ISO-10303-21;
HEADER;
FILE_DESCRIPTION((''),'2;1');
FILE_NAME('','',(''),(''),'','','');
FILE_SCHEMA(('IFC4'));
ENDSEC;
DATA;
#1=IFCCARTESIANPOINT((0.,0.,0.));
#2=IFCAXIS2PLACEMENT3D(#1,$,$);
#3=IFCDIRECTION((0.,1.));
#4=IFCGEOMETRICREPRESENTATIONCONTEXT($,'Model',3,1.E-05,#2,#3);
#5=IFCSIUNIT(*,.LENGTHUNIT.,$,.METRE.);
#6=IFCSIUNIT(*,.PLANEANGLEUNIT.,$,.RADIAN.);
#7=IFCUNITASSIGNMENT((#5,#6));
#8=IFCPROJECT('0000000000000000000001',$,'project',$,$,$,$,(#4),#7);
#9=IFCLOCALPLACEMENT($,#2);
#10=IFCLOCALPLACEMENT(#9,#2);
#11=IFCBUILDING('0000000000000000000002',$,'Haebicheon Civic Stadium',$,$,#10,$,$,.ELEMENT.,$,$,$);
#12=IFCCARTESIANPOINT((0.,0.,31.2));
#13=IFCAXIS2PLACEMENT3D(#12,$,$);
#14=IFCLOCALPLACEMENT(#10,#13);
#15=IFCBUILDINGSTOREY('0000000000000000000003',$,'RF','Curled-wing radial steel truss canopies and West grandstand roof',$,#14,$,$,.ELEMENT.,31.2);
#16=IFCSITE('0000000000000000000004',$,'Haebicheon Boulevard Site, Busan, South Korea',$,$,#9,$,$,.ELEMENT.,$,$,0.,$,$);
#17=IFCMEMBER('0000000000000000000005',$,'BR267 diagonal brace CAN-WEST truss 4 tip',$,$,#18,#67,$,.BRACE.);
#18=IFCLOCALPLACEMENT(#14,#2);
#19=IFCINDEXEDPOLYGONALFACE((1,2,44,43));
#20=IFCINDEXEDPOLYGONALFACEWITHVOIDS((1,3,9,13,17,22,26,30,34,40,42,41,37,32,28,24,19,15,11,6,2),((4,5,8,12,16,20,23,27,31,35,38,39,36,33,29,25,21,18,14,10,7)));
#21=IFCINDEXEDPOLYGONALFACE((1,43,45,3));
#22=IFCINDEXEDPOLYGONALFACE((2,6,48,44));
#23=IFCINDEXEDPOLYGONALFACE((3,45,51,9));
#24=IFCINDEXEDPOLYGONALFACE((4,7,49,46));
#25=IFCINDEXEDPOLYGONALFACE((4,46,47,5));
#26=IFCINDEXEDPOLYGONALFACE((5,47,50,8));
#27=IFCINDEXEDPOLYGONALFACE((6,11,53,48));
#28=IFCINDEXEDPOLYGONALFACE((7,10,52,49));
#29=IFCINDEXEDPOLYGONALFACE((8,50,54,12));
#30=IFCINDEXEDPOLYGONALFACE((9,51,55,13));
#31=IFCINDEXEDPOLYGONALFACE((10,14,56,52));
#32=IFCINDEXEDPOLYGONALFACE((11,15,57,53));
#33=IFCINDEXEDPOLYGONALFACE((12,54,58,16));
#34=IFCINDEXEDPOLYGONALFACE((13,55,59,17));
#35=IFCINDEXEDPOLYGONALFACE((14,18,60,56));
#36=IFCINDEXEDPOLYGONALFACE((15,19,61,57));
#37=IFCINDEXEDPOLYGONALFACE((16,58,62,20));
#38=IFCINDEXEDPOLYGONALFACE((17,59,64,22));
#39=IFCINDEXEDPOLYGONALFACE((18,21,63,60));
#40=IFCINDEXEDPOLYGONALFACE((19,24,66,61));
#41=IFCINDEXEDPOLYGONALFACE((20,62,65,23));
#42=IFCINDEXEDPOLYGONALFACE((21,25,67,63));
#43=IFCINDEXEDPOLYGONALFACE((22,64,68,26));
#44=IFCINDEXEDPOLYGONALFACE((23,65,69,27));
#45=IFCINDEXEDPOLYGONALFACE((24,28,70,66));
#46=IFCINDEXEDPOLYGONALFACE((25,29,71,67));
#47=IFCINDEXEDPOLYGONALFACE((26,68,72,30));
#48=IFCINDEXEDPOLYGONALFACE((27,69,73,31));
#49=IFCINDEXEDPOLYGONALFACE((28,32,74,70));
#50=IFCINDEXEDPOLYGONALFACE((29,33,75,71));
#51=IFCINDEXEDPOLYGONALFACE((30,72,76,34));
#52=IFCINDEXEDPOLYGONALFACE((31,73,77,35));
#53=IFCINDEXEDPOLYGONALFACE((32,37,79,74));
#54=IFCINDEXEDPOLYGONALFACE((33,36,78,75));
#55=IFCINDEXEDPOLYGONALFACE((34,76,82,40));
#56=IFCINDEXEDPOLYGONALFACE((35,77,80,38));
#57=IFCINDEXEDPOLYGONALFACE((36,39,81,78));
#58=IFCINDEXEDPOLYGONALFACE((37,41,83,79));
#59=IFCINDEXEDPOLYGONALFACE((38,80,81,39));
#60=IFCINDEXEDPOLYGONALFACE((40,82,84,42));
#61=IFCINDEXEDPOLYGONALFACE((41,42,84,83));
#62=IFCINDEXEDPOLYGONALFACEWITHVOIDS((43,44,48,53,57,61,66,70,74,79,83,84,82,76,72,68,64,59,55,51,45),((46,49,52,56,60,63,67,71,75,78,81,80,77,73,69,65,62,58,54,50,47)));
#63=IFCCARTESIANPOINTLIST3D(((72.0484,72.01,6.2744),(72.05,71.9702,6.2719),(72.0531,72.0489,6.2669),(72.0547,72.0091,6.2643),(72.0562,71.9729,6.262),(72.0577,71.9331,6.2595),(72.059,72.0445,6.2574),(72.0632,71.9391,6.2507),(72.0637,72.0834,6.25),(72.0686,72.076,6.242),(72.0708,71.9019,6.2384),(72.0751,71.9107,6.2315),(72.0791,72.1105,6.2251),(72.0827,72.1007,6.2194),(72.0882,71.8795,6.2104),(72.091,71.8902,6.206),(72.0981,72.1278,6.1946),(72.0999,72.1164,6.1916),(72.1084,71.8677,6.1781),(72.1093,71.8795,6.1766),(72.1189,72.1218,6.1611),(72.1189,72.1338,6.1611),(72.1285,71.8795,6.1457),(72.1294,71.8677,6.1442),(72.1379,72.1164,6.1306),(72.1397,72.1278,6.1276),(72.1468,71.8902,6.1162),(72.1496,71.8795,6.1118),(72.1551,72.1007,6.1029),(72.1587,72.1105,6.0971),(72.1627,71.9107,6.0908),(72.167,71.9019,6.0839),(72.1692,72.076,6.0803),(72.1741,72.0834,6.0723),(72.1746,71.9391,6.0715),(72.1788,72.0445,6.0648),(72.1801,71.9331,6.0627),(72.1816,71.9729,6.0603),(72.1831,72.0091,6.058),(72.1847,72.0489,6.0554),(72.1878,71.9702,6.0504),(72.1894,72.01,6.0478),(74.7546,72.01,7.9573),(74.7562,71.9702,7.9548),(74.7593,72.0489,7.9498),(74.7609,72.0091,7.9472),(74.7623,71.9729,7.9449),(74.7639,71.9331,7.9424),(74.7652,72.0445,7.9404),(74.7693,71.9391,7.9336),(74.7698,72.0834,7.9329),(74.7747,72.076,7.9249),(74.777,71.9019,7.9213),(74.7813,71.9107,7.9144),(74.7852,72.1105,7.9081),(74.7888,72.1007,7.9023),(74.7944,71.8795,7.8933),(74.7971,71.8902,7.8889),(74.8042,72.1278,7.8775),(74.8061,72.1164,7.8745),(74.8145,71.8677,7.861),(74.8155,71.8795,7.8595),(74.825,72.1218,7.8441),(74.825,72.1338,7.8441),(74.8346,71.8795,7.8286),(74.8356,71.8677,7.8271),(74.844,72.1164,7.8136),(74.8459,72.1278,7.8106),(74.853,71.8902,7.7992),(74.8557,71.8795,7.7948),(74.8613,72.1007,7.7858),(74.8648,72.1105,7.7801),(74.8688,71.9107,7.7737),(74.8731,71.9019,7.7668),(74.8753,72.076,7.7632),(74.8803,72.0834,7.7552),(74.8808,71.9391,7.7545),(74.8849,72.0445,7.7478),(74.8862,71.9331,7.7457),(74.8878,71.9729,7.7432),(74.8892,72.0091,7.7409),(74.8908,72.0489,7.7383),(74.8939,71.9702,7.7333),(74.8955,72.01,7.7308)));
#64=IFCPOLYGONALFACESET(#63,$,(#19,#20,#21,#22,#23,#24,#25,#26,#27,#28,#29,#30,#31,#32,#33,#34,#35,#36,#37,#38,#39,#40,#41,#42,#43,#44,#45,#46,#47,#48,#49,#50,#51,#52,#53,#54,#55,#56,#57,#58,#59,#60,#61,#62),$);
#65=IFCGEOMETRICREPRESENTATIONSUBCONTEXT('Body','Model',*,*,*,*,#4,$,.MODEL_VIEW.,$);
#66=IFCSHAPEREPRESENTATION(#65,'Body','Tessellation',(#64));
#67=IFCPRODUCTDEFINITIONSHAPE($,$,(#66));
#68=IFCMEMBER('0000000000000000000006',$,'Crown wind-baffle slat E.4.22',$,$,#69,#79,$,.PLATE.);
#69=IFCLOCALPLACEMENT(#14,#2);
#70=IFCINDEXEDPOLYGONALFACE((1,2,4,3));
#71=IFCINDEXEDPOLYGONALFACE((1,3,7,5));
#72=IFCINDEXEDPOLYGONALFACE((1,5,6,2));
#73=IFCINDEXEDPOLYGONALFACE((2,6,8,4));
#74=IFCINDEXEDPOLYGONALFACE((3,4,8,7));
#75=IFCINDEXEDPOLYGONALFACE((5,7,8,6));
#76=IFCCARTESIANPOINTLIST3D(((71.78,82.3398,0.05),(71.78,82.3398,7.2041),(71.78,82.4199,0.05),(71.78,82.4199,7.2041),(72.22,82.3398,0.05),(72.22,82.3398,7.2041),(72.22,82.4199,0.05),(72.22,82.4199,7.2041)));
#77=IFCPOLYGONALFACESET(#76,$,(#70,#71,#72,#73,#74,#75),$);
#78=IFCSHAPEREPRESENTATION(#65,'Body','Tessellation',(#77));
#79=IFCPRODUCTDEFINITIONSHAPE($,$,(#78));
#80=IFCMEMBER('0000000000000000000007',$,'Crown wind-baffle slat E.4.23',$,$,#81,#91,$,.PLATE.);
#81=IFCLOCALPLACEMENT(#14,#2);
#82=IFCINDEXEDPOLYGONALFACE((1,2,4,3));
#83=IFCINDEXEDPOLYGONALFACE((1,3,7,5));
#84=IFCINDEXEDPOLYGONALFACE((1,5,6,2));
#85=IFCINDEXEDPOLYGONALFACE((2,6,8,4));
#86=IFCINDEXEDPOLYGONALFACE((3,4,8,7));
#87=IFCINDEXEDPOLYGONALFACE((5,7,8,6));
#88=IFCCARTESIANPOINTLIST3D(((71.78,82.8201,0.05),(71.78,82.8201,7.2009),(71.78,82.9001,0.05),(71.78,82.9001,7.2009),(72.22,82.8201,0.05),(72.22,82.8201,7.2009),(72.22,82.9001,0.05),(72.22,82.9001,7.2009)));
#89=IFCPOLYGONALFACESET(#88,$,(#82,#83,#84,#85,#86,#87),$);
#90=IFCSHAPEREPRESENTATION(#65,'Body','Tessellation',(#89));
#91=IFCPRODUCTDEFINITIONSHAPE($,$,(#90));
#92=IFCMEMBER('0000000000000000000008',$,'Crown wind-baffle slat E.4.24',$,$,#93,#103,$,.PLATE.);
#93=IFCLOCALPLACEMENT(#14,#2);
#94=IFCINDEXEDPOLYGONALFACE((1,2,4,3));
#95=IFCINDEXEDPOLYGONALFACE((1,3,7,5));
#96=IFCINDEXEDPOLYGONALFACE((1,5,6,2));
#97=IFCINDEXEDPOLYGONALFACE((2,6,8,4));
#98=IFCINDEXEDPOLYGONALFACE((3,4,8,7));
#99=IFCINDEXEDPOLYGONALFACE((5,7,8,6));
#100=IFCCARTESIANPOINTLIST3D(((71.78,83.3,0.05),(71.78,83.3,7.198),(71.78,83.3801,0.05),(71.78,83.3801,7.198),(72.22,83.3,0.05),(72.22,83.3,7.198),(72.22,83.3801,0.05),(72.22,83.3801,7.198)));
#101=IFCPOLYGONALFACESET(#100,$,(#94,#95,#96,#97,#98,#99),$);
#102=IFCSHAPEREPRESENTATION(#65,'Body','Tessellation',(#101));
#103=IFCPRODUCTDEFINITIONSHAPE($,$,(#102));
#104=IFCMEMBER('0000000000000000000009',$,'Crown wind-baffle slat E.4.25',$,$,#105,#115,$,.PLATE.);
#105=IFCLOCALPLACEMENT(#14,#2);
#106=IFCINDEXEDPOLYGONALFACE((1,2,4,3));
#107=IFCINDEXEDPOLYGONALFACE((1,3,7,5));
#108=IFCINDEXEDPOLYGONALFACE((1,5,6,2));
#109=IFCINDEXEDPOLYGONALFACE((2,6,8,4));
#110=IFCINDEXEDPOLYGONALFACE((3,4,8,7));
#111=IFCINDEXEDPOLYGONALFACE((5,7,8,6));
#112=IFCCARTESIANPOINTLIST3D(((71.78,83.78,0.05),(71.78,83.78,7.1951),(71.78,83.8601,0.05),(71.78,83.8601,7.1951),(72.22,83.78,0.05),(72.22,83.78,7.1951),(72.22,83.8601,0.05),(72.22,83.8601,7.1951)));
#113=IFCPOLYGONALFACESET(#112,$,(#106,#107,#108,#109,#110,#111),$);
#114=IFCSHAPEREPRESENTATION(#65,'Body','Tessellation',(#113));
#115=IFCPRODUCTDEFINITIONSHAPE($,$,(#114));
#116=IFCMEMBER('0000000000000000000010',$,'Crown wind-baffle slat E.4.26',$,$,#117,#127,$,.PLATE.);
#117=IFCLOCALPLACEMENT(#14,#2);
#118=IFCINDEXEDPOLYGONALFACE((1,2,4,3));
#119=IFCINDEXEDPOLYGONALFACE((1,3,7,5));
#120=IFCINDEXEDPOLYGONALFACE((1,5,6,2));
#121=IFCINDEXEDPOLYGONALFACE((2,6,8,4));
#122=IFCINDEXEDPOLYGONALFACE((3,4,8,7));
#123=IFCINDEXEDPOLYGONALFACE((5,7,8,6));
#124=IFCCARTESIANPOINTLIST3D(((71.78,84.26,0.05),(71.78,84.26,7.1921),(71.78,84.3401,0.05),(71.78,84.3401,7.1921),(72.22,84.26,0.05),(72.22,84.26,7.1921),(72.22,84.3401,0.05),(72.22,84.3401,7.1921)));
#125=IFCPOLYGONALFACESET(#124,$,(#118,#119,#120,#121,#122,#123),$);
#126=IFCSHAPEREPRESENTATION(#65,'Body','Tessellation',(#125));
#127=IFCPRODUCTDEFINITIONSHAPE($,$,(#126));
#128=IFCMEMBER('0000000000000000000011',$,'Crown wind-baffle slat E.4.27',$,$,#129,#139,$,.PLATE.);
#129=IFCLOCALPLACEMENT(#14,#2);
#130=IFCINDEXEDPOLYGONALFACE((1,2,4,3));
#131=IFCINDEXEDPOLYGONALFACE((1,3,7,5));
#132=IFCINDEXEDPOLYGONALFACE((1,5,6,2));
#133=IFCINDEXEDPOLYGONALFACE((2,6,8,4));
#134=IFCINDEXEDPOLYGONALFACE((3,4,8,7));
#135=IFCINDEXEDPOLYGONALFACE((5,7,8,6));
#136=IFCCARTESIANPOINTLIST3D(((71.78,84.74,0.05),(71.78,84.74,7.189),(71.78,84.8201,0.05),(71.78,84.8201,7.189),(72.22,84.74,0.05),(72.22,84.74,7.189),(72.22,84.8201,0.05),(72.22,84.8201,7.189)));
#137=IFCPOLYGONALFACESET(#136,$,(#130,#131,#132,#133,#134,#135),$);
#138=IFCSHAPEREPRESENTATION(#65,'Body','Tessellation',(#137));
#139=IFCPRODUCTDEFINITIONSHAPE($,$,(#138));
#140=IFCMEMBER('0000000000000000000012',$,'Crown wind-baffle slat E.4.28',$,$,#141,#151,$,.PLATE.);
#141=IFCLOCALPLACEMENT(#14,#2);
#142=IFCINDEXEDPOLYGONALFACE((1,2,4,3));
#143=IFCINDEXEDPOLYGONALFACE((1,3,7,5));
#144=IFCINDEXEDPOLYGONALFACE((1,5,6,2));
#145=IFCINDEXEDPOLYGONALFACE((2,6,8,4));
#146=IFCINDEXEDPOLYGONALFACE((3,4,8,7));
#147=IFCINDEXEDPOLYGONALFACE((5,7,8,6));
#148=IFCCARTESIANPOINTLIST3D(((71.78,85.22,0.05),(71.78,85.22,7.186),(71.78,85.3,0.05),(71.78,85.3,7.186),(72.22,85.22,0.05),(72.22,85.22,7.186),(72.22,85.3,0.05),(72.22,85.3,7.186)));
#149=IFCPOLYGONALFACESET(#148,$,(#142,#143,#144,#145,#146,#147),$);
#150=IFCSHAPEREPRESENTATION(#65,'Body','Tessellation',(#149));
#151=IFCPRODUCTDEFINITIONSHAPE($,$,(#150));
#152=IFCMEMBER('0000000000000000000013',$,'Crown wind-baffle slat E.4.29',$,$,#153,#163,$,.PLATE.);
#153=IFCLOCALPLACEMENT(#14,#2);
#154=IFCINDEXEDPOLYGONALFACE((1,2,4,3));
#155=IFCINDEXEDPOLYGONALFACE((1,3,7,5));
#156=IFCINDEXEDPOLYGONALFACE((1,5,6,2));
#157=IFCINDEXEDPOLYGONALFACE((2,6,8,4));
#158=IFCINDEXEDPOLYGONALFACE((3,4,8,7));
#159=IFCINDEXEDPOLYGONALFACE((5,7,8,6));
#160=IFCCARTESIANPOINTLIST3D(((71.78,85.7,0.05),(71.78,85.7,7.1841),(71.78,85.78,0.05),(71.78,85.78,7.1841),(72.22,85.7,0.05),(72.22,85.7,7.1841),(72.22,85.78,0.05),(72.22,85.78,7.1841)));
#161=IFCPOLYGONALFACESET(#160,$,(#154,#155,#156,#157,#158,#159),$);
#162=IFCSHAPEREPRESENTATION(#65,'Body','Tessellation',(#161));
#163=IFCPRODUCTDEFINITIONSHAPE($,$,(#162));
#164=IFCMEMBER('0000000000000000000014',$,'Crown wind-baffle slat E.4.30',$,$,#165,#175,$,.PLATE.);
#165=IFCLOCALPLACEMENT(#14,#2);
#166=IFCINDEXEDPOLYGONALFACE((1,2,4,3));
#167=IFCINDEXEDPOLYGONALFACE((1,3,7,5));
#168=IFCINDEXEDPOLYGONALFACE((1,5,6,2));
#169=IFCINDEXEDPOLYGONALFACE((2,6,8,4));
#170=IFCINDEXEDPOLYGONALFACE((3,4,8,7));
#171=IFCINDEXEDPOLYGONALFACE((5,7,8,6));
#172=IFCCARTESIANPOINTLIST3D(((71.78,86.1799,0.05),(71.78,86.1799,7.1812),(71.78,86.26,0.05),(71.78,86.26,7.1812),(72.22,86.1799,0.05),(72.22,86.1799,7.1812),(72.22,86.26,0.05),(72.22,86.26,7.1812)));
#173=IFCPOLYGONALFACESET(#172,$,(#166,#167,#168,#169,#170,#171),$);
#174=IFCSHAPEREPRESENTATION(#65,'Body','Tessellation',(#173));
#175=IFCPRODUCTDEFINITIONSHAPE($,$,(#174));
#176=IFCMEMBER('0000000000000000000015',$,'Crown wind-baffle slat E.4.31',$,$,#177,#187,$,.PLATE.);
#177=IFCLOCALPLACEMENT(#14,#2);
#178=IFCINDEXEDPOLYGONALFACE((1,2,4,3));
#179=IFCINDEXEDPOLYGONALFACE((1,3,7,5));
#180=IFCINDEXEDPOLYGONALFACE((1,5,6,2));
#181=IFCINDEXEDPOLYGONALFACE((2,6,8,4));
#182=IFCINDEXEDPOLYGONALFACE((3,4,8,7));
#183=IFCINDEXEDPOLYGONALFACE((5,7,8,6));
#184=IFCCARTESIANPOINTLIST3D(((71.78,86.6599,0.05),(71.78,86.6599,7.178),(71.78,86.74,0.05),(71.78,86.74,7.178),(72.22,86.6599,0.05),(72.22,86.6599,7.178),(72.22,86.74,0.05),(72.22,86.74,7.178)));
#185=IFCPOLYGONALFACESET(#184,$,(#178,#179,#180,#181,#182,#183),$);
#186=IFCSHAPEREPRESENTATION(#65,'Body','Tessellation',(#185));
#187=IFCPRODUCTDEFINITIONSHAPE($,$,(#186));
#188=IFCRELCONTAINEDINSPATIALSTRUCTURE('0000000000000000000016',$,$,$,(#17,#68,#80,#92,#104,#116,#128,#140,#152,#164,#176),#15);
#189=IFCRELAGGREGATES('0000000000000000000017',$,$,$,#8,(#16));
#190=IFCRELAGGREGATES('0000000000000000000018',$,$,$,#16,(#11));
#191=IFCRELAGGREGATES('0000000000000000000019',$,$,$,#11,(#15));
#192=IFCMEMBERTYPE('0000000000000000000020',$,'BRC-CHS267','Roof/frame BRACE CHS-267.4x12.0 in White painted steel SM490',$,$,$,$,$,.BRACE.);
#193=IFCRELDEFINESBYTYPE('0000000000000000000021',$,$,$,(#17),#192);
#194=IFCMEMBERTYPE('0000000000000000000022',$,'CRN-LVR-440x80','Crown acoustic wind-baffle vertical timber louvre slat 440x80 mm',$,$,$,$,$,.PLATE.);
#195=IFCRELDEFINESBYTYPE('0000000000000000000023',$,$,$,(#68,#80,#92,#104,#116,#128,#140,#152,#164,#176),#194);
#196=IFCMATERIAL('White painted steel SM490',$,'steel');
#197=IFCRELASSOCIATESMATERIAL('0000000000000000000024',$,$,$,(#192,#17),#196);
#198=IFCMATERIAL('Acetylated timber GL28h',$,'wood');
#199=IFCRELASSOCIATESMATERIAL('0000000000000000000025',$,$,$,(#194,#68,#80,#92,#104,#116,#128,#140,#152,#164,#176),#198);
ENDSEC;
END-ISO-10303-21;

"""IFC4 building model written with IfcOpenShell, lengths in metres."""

from ifc_helpers import new_model, si_unit, direction, frame, origin, origin_2d, place, context, subcontext, project, spatial, rectangle, hollow_circle, extrude, material, material_profile, profile_set, type_object, element, save


model = new_model("IFC4")

# Units and contexts
model_context = context("Model", 3, precision=1e-05, world=origin(), true_north=direction((0.0, 1.0)))
body_context = subcontext(model_context, "Body", "Model", "MODEL_VIEW")
ifc_project = project(units=[si_unit("LENGTHUNIT", "METRE"), si_unit("PLANEANGLEUNIT", "RADIAN")], contexts=[model_context])

# Site, building, storey
site_placement = place(None, origin())
site = spatial("IfcSite", under=ifc_project, at=site_placement, Name="Haebicheon Boulevard Site, Busan, South Korea", CompositionType="ELEMENT", RefElevation=0.0)
building_placement = place(site_placement, origin())
building = spatial("IfcBuilding", under=site, at=building_placement, Name="Haebicheon Civic Stadium", CompositionType="ELEMENT")
storey_placement = place(building_placement, frame((0.0, 0.0, 31.2)))
storey = spatial("IfcBuildingStorey", under=building, at=storey_placement, Name="RF", Description="Curled-wing radial steel truss canopies and West grandstand roof", CompositionType="ELEMENT", Elevation=31.2)

# Members
ifc_material_1 = material(Name="White painted steel SM490", Category="steel")
ifc_material_profile_1 = material_profile(ifc_material_1, hollow_circle(Radius=0.1338, WallThickness=0.012, at=origin_2d()), Name="CHS-267.4x12.0")
ifc_profile_set_1 = profile_set([ifc_material_profile_1], Name="White painted steel SM490")
member_type_1 = type_object("IfcMemberType", Name="BRC-CHS267", Description="Roof/frame BRACE CHS-267.4x12.0 in White painted steel SM490", PredefinedType="BRACE", material=ifc_profile_set_1)
member_1_placement = place(storey_placement, frame((72.1189, 72.0, 6.1611), z_axis=(0.849184, 0.0, 0.528097), x_axis=(0.0, 1.0, 0.0)))
element("IfcMember", 1, at=member_1_placement, inside=storey, type_object=member_type_1, material=ifc_profile_set_1, Name="BR267 diagonal brace CAN-WEST truss 4 tip", PredefinedType="BRACE", context=body_context, shape_type="SweptSolid", body=[
    extrude(hollow_circle(Radius=0.1338, WallThickness=0.012, at=origin_2d()), origin(), (0.0, 0.0, 1.0), 3.1868),
])
ifc_material_2 = material(Name="Acetylated timber GL28h", Category="wood")
ifc_material_profile_2 = material_profile(ifc_material_2, rectangle(XDim=0.0801, YDim=0.4399, at=origin_2d()), Name="TMB-LOUV-80x440")
ifc_profile_set_2 = profile_set([ifc_material_profile_2], Name="Acetylated timber GL28h")
member_type_2 = type_object("IfcMemberType", Name="CRN-LVR-440x80", Description="Crown acoustic wind-baffle vertical timber louvre slat 440x80 mm", PredefinedType="PLATE", material=ifc_profile_set_2)
member_2_placement = place(storey_placement, frame((72.0, 82.3799, 0.05), z_axis=(0.0, 0.0, 1.0), x_axis=(0.0, 1.0, 0.0)))
element("IfcMember", 2, at=member_2_placement, inside=storey, type_object=member_type_2, material=ifc_profile_set_2, Name="Crown wind-baffle slat E.4.22", PredefinedType="PLATE", context=body_context, shape_type="SweptSolid", body=[
    extrude(rectangle(XDim=0.0801, YDim=0.4399, at=origin_2d()), origin(), (0.0, 0.0, 1.0), 7.1541),
])
member_3_placement = place(storey_placement, frame((72.0, 82.8601, 0.05), z_axis=(0.0, 0.0, 1.0), x_axis=(0.0, 1.0, 0.0)))
element("IfcMember", 3, at=member_3_placement, inside=storey, type_object=member_type_2, material=ifc_profile_set_2, Name="Crown wind-baffle slat E.4.23", PredefinedType="PLATE", context=body_context, shape_type="SweptSolid", body=[
    extrude(rectangle(XDim=0.0801, YDim=0.4399, at=origin_2d()), origin(), (0.0, 0.0, 1.0), 7.1509),
])
member_4_placement = place(storey_placement, frame((72.0, 83.3401, 0.05), z_axis=(0.0, 0.0, 1.0), x_axis=(0.0, 1.0, 0.0)))
element("IfcMember", 4, at=member_4_placement, inside=storey, type_object=member_type_2, material=ifc_profile_set_2, Name="Crown wind-baffle slat E.4.24", PredefinedType="PLATE", context=body_context, shape_type="SweptSolid", body=[
    extrude(rectangle(XDim=0.0801, YDim=0.4399, at=origin_2d()), origin(), (0.0, 0.0, 1.0), 7.1479),
])
member_5_placement = place(storey_placement, frame((72.0, 83.8201, 0.05), z_axis=(0.0, 0.0, 1.0), x_axis=(0.0, 1.0, 0.0)))
element("IfcMember", 5, at=member_5_placement, inside=storey, type_object=member_type_2, material=ifc_profile_set_2, Name="Crown wind-baffle slat E.4.25", PredefinedType="PLATE", context=body_context, shape_type="SweptSolid", body=[
    extrude(rectangle(XDim=0.0801, YDim=0.4399, at=origin_2d()), origin(), (0.0, 0.0, 1.0), 7.145),
])
member_6_placement = place(storey_placement, frame((72.0, 84.3, 0.05), z_axis=(0.0, 0.0, 1.0), x_axis=(0.0, 1.0, 0.0)))
element("IfcMember", 6, at=member_6_placement, inside=storey, type_object=member_type_2, material=ifc_profile_set_2, Name="Crown wind-baffle slat E.4.26", PredefinedType="PLATE", context=body_context, shape_type="SweptSolid", body=[
    extrude(rectangle(XDim=0.0801, YDim=0.4399, at=origin_2d()), origin(), (0.0, 0.0, 1.0), 7.1421),
])
member_7_placement = place(storey_placement, frame((72.0, 84.78, 0.05), z_axis=(0.0, 0.0, 1.0), x_axis=(0.0, 1.0, 0.0)))
element("IfcMember", 7, at=member_7_placement, inside=storey, type_object=member_type_2, material=ifc_profile_set_2, Name="Crown wind-baffle slat E.4.27", PredefinedType="PLATE", context=body_context, shape_type="SweptSolid", body=[
    extrude(rectangle(XDim=0.0801, YDim=0.4399, at=origin_2d()), origin(), (0.0, 0.0, 1.0), 7.1389),
])
member_8_placement = place(storey_placement, frame((72.0, 85.26, 0.05), z_axis=(0.0, 0.0, 1.0), x_axis=(0.0, 1.0, 0.0)))
element("IfcMember", 8, at=member_8_placement, inside=storey, type_object=member_type_2, material=ifc_profile_set_2, Name="Crown wind-baffle slat E.4.28", PredefinedType="PLATE", context=body_context, shape_type="SweptSolid", body=[
    extrude(rectangle(XDim=0.0801, YDim=0.4399, at=origin_2d()), origin(), (0.0, 0.0, 1.0), 7.136),
])
member_9_placement = place(storey_placement, frame((72.0, 85.74, 0.05), z_axis=(0.0, 0.0, 1.0), x_axis=(0.0, 1.0, 0.0)))
element("IfcMember", 9, at=member_9_placement, inside=storey, type_object=member_type_2, material=ifc_profile_set_2, Name="Crown wind-baffle slat E.4.29", PredefinedType="PLATE", context=body_context, shape_type="SweptSolid", body=[
    extrude(rectangle(XDim=0.0801, YDim=0.4399, at=origin_2d()), origin(), (0.0, 0.0, 1.0), 7.134),
])
member_10_placement = place(storey_placement, frame((72.0, 86.22, 0.05), z_axis=(0.0, 0.0, 1.0), x_axis=(0.0, 1.0, 0.0)))
element("IfcMember", 10, at=member_10_placement, inside=storey, type_object=member_type_2, material=ifc_profile_set_2, Name="Crown wind-baffle slat E.4.30", PredefinedType="PLATE", context=body_context, shape_type="SweptSolid", body=[
    extrude(rectangle(XDim=0.0801, YDim=0.4399, at=origin_2d()), origin(), (0.0, 0.0, 1.0), 7.1311),
])
member_11_placement = place(storey_placement, frame((72.0, 86.7, 0.05), z_axis=(0.0, 0.0, 1.0), x_axis=(0.0, 1.0, 0.0)))
element("IfcMember", 11, at=member_11_placement, inside=storey, type_object=member_type_2, material=ifc_profile_set_2, Name="Crown wind-baffle slat E.4.31", PredefinedType="PLATE", context=body_context, shape_type="SweptSolid", body=[
    extrude(rectangle(XDim=0.0801, YDim=0.4399, at=origin_2d()), origin(), (0.0, 0.0, 1.0), 7.1279),
])

save(model, "model.ifc")
